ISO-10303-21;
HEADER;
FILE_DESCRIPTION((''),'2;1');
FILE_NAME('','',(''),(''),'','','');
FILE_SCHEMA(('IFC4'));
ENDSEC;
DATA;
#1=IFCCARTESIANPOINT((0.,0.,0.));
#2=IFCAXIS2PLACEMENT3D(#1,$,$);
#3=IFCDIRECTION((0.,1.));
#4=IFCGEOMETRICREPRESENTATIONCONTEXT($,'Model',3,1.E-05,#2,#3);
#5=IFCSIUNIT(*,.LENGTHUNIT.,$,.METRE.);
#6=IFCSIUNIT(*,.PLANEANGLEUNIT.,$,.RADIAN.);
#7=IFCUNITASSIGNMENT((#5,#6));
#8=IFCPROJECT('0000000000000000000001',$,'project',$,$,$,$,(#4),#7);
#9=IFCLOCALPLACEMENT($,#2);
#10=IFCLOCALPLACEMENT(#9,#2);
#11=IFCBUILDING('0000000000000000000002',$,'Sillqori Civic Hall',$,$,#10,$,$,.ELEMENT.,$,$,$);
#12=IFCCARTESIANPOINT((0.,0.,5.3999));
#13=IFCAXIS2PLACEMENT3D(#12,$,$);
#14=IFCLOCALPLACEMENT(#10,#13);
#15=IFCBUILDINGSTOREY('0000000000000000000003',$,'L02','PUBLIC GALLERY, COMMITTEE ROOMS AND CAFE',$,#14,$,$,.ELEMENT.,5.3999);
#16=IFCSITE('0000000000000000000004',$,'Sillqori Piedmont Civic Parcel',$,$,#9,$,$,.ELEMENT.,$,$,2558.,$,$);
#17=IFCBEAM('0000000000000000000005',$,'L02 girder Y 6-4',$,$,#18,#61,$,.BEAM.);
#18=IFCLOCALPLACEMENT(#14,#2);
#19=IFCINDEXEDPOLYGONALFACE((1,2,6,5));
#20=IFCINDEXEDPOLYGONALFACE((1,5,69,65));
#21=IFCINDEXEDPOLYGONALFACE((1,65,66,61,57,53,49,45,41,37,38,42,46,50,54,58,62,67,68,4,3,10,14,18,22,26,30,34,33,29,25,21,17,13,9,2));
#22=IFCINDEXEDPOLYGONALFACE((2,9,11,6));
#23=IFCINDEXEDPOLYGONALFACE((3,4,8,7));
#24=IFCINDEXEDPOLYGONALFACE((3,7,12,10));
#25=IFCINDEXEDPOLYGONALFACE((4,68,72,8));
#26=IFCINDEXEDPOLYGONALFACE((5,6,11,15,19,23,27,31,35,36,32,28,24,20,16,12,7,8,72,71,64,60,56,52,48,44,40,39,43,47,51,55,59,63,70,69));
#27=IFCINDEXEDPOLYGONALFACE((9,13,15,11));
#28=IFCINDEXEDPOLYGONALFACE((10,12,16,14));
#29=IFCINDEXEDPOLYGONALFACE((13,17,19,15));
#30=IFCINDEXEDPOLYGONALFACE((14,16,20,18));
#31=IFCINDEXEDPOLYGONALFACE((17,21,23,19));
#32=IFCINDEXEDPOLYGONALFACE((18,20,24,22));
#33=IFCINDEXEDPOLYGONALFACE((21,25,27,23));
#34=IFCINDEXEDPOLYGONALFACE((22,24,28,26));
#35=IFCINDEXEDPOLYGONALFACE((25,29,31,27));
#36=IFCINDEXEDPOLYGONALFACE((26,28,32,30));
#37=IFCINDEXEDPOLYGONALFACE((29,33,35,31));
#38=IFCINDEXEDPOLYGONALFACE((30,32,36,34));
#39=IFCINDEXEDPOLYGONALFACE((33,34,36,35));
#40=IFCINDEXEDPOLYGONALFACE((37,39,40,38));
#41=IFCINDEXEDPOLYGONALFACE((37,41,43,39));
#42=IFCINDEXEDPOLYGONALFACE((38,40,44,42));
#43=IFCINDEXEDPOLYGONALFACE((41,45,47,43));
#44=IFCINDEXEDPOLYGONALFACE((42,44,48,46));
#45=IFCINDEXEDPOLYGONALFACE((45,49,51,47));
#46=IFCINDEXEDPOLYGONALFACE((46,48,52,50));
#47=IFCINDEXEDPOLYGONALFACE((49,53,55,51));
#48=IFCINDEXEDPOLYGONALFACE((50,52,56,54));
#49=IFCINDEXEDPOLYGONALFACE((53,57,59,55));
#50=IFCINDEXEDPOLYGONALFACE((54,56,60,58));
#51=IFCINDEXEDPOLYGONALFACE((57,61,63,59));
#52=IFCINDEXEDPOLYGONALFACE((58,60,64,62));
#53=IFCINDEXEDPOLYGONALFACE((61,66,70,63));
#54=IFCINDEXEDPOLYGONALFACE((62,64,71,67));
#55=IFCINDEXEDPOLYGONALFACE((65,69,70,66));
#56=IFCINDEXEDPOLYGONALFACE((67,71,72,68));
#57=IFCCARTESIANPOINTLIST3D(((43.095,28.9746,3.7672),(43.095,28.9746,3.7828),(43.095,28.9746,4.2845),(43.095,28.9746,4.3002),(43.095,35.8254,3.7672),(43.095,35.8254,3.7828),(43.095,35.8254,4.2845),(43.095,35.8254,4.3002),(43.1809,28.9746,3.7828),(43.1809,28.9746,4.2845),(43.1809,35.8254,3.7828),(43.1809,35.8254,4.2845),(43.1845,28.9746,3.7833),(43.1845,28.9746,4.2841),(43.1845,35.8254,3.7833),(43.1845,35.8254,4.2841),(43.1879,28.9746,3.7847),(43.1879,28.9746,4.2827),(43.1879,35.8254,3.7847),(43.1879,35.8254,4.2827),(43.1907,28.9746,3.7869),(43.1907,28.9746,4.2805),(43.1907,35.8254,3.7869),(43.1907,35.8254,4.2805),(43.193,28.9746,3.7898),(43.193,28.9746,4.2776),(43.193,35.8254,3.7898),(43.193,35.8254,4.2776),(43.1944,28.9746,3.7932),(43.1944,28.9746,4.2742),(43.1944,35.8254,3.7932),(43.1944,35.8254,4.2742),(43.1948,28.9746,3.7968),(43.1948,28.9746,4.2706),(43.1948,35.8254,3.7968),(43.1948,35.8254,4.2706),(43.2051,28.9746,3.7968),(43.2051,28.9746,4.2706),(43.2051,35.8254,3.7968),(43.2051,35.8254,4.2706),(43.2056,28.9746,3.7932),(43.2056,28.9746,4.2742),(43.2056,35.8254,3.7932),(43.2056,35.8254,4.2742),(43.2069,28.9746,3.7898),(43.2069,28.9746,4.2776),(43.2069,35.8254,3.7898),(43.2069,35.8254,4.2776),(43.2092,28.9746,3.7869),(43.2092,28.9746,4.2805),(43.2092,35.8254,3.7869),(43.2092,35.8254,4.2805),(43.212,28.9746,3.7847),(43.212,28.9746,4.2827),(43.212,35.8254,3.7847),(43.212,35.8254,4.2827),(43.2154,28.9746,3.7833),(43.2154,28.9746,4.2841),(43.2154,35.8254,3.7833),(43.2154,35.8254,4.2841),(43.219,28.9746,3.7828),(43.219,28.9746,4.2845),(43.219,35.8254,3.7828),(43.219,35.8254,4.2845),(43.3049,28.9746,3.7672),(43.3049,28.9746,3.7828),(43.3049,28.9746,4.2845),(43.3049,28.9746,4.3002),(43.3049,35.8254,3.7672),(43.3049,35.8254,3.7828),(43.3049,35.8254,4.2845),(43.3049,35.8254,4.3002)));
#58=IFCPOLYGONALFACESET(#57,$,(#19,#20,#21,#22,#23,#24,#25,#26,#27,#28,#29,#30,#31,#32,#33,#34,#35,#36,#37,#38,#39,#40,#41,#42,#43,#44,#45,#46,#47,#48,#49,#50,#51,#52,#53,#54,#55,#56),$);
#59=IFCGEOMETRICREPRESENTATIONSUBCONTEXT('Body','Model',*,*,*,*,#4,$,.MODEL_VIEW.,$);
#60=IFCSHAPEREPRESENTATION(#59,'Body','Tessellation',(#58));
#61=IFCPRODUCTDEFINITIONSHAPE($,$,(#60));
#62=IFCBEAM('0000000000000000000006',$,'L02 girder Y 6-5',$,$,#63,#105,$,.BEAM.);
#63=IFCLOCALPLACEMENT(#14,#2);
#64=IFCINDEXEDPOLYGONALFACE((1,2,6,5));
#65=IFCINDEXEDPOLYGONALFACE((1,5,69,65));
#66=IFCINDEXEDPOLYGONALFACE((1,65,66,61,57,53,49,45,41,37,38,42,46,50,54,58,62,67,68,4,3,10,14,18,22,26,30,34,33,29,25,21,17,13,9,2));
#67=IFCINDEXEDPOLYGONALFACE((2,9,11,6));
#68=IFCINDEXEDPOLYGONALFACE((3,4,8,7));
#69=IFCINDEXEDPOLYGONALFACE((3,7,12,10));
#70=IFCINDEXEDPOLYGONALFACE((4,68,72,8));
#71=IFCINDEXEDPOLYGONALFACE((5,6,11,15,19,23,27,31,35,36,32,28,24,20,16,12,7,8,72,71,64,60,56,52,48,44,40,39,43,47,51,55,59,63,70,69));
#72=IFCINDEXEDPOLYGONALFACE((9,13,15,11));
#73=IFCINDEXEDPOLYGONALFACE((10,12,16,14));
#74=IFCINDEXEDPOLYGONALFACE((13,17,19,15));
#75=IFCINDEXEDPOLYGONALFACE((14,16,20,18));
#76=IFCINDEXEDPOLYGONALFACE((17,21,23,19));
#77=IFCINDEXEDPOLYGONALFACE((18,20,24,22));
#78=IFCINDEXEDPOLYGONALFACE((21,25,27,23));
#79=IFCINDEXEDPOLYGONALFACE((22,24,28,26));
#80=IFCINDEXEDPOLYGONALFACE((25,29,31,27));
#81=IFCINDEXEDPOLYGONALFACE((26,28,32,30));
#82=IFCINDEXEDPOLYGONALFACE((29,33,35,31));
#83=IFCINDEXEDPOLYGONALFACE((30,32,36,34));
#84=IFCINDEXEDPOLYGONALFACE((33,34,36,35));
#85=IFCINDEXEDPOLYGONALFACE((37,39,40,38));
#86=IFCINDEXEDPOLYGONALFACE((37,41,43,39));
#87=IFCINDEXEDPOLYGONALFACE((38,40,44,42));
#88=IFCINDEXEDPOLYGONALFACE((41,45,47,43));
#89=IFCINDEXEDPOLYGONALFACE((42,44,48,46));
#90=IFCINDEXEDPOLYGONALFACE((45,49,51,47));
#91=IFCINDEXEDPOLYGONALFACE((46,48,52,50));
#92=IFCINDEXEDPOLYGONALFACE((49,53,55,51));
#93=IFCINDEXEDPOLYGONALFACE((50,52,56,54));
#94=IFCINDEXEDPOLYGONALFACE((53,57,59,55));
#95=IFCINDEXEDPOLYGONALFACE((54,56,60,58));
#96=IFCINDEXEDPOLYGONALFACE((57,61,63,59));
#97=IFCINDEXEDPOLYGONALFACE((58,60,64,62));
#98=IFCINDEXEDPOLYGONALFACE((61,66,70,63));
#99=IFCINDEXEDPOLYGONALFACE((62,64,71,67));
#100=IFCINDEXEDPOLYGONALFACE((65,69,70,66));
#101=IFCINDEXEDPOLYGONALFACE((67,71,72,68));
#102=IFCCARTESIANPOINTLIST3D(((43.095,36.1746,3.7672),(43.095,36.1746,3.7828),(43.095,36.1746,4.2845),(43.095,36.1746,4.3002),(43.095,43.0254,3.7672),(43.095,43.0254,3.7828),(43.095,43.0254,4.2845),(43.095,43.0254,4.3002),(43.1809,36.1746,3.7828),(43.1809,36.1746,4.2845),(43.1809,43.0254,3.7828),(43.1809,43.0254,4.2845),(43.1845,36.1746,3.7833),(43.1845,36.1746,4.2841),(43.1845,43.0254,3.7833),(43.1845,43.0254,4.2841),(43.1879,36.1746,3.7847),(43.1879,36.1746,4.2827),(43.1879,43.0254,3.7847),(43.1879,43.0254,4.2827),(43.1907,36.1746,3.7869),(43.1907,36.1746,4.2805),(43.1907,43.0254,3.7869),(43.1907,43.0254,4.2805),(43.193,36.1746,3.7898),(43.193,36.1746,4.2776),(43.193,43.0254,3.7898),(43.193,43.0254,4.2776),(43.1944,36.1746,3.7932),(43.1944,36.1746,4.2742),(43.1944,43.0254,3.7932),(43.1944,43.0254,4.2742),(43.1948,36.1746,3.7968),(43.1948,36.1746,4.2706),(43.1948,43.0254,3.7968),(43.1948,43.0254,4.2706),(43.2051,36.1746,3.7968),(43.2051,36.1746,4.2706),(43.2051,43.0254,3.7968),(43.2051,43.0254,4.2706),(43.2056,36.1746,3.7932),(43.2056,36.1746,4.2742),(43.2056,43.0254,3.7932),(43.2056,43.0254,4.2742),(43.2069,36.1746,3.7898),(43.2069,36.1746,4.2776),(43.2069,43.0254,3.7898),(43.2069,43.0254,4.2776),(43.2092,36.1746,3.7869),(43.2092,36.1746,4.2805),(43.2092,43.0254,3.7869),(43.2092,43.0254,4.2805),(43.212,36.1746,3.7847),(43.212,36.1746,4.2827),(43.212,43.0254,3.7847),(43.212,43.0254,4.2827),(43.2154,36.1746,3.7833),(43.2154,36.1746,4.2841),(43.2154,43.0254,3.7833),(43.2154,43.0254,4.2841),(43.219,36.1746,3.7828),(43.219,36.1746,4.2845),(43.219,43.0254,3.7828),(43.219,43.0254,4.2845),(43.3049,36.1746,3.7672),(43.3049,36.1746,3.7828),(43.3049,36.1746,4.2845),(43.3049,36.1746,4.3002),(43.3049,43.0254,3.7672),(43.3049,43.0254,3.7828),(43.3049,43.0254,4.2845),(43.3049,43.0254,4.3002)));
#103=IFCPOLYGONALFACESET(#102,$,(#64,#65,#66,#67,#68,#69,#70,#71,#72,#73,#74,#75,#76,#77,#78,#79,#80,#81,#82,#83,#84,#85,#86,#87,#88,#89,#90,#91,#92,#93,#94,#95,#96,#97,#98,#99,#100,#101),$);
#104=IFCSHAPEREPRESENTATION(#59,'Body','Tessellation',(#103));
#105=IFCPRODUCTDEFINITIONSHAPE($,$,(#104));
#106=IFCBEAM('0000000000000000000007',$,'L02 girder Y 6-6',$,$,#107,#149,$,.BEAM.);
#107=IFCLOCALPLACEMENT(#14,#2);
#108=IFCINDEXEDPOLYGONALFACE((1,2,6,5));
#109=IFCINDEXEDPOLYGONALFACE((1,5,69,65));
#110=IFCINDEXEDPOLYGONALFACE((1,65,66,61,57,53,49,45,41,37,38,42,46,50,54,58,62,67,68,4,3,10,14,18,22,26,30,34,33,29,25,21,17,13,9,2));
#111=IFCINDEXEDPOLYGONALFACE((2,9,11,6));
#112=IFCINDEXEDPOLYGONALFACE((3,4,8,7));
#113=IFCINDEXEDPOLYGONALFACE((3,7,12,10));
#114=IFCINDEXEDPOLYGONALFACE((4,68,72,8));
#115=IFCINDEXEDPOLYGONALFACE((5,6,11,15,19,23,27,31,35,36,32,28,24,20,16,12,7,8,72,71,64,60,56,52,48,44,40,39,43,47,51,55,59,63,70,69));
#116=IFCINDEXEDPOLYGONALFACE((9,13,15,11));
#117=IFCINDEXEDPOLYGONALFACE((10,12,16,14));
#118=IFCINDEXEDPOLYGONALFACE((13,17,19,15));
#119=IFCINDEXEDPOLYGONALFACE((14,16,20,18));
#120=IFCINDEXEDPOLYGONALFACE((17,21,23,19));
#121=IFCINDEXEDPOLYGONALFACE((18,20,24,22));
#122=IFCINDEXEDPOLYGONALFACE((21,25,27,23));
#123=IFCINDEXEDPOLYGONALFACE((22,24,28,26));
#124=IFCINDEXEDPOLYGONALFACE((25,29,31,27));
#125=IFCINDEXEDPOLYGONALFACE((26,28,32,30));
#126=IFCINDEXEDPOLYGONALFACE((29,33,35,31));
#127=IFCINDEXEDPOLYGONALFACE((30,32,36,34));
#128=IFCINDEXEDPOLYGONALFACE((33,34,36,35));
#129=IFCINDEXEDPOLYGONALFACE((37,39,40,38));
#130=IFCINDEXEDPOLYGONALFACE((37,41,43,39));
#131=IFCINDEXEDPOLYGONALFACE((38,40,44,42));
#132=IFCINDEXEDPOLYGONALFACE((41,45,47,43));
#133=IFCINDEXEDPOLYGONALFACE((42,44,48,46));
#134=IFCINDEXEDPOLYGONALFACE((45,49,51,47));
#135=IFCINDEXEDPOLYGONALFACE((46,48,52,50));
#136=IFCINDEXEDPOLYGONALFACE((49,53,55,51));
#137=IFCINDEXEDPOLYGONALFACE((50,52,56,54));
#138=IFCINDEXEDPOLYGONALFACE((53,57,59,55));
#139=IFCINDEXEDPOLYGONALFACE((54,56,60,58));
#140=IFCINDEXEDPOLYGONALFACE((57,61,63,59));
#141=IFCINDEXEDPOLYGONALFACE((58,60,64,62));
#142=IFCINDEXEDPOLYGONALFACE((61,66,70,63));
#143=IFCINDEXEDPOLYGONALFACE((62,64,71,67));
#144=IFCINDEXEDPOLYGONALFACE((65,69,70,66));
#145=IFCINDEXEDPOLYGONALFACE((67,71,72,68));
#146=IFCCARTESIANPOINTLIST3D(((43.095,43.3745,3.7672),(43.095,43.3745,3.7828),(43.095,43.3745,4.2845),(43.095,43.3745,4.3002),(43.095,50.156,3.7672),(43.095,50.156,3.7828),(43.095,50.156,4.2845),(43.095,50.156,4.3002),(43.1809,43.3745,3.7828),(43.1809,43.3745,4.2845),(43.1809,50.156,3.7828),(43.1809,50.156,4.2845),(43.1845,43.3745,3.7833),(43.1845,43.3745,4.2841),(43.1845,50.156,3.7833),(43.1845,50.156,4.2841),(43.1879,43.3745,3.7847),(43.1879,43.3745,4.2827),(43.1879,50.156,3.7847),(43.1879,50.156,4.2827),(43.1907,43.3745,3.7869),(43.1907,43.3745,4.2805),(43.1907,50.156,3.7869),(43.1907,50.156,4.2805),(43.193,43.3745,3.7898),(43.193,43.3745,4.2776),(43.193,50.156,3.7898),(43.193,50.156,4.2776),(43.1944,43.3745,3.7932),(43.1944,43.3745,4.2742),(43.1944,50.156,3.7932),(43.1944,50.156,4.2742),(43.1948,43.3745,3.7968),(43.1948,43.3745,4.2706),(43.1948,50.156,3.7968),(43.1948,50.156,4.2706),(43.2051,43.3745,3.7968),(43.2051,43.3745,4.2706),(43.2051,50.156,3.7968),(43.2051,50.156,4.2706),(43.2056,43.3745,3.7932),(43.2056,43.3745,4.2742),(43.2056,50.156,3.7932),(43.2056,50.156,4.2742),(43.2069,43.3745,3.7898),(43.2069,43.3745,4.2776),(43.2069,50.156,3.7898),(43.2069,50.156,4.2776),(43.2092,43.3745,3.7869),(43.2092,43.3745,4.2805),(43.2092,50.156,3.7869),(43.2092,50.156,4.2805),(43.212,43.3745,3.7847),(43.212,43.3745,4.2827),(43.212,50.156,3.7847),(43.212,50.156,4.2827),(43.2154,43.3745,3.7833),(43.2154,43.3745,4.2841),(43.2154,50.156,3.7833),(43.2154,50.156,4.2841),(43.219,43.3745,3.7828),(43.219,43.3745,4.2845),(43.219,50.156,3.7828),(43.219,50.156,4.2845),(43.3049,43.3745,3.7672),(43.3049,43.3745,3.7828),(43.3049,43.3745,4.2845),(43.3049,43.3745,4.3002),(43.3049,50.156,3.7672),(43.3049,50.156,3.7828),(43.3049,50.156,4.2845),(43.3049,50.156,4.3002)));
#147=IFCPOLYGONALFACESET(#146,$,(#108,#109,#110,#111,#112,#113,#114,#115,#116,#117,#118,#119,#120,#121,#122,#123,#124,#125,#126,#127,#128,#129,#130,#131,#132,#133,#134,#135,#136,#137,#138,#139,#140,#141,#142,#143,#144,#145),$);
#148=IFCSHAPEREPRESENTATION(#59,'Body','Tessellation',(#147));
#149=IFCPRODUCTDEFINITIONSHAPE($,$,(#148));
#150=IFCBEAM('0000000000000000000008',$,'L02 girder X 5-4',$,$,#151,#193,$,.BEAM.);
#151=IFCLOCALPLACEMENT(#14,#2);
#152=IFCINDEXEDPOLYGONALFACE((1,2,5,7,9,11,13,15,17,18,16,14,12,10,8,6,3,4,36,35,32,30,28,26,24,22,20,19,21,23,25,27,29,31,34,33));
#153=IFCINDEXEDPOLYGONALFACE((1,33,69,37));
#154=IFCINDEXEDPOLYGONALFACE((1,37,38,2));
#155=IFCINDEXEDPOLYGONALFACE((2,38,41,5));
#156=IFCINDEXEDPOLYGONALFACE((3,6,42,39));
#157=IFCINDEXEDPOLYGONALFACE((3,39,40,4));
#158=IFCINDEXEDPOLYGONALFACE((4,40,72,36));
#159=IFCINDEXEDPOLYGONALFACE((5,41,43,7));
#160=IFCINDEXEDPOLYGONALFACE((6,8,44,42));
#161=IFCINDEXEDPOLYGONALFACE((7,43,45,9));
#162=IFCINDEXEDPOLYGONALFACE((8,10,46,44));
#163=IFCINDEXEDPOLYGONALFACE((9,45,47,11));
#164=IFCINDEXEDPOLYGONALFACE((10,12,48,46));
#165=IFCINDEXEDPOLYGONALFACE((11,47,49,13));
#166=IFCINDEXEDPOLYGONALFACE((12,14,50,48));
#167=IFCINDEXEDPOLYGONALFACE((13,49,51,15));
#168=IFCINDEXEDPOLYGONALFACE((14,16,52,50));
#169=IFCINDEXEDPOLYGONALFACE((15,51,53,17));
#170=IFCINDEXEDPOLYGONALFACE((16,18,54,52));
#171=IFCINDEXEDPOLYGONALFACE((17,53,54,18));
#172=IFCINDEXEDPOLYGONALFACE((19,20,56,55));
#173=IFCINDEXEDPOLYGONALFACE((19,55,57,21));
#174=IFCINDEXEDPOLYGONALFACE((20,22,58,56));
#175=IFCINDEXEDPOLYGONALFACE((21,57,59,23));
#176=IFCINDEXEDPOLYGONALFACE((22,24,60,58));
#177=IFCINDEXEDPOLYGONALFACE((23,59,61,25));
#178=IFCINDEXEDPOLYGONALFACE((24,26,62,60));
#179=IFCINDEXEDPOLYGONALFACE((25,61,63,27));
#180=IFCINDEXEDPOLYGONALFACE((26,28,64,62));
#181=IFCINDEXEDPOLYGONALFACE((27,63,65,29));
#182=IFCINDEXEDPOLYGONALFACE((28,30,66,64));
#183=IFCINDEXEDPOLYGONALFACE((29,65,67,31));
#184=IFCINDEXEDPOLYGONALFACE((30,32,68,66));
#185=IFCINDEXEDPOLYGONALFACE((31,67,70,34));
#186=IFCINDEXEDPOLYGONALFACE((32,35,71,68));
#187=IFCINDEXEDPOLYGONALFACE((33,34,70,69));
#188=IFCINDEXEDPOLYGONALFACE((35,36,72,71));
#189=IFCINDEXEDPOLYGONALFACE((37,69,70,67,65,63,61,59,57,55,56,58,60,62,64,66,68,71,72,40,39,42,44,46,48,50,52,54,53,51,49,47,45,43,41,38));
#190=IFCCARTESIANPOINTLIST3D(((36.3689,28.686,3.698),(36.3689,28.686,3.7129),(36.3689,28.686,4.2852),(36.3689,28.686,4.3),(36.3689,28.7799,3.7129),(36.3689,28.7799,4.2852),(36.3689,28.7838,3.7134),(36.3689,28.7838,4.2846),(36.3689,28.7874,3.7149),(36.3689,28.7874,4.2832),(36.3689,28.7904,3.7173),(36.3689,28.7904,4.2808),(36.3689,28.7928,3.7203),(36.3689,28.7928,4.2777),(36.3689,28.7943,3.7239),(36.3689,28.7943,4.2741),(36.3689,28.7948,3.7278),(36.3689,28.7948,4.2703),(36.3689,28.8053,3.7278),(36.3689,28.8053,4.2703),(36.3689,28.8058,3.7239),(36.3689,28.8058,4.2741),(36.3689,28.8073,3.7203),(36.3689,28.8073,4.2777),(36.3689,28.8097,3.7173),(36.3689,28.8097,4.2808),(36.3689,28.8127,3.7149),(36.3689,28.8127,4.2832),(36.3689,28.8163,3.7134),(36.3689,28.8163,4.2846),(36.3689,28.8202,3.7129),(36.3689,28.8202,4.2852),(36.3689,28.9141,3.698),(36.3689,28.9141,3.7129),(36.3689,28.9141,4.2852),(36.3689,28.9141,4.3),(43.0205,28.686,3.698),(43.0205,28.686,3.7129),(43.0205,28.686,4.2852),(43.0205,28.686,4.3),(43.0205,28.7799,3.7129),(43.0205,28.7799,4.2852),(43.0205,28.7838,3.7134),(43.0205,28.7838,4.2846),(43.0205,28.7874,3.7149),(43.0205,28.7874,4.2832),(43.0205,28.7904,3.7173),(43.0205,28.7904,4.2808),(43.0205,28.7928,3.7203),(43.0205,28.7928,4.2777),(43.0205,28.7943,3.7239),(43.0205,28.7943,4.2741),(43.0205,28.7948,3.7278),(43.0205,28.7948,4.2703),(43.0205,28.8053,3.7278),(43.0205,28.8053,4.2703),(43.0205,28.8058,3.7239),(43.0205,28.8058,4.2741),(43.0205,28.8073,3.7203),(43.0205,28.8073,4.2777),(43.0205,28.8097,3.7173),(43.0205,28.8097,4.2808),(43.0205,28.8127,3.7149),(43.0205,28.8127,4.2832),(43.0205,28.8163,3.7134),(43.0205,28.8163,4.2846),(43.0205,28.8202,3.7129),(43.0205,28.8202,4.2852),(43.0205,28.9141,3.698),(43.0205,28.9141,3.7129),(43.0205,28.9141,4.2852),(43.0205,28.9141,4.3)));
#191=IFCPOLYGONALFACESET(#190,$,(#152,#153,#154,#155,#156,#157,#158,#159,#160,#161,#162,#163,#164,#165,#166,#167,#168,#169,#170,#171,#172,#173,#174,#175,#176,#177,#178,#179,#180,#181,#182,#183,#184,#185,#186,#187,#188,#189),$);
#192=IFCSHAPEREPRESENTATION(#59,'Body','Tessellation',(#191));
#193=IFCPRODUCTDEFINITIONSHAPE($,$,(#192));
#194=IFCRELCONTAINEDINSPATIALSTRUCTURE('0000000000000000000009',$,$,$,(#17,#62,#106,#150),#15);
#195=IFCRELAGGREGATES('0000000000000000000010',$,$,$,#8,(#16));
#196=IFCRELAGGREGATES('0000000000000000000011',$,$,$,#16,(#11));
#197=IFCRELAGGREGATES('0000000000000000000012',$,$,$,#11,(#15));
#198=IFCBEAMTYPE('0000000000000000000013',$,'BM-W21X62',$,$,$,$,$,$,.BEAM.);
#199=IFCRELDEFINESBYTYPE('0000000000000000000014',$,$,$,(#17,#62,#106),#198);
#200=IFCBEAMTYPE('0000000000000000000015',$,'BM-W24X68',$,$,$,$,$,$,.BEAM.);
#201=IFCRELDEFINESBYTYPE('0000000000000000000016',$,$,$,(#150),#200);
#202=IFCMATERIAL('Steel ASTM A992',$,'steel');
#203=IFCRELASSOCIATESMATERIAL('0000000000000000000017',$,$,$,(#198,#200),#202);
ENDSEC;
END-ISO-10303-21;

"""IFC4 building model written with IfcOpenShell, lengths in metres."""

from ifc_helpers import new_model, si_unit, direction, frame, origin, origin_2d, place, context, subcontext, project, spatial, i_section, extrude, material, material_profile, profile_set, type_object, element, save


model = new_model("IFC4")

# Units and contexts
model_context = context("Model", 3, precision=1e-05, world=origin(), true_north=direction((0.0, 1.0)))
body_context = subcontext(model_context, "Body", "Model", "MODEL_VIEW")
ifc_project = project(units=[si_unit("LENGTHUNIT", "METRE"), si_unit("PLANEANGLEUNIT", "RADIAN")], contexts=[model_context])

# Site, building, storey
site_placement = place(None, origin())
site = spatial("IfcSite", under=ifc_project, at=site_placement, Name="Sillqori Piedmont Civic Parcel", CompositionType="ELEMENT", RefElevation=2558.0)
building_placement = place(site_placement, origin())
building = spatial("IfcBuilding", under=site, at=building_placement, Name="Sillqori Civic Hall", CompositionType="ELEMENT")
storey_placement = place(building_placement, frame((0.0, 0.0, 5.3999)))
storey = spatial("IfcBuildingStorey", under=building, at=storey_placement, Name="L02", Description="PUBLIC GALLERY, COMMITTEE ROOMS AND CAFE", CompositionType="ELEMENT", Elevation=5.3999)

# Shared definitions
ifc_material_1 = material(Name="Steel ASTM A992", Category="steel")

# Beams
ifc_material_profile_1 = material_profile(ifc_material_1, i_section(OverallWidth=0.21, OverallDepth=0.533, WebThickness=0.0103, FlangeThickness=0.0156, FilletRadius=0.0139, at=origin_2d()), Name="W21X62")
ifc_profile_set_1 = profile_set([ifc_material_profile_1], Name="Steel ASTM A992")
beam_type_1 = type_object("IfcBeamType", Name="BM-W21X62", PredefinedType="BEAM", material=ifc_profile_set_1)
for number, where, z_axis, x_axis, name in (
    (1, (43.2, 28.9746, 4.0337), (0.0, 1.0, 0.0), (-1.0, 0.0, 0.0), "L02 girder Y 6-4"),
    (2, (43.2, 36.1746, 4.0337), (0.0, 1.0, 0.0), (-1.0, 0.0, 0.0), "L02 girder Y 6-5"),
):
    element("IfcBeam", number, at=place(storey_placement, frame(where, z_axis=z_axis, x_axis=x_axis)), inside=storey, type_object=beam_type_1, Name=name, PredefinedType="BEAM", context=body_context, shape_type="SweptSolid", body=[
        extrude(i_section(OverallWidth=0.21, OverallDepth=0.533, WebThickness=0.0103, FlangeThickness=0.0156, FilletRadius=0.0139, at=origin_2d()), origin(), (0.0, 0.0, 1.0), 6.8508),
    ])
beam_1_placement = place(storey_placement, frame((43.2, 43.3745, 4.0337), z_axis=(0.0, 1.0, 0.0), x_axis=(-1.0, 0.0, 0.0)))
element("IfcBeam", 3, at=beam_1_placement, inside=storey, type_object=beam_type_1, Name="L02 girder Y 6-6", PredefinedType="BEAM", context=body_context, shape_type="SweptSolid", body=[
    extrude(i_section(OverallWidth=0.21, OverallDepth=0.533, WebThickness=0.0103, FlangeThickness=0.0156, FilletRadius=0.0139, at=origin_2d()), origin(), (0.0, 0.0, 1.0), 6.7815),
])
ifc_material_profile_2 = material_profile(ifc_material_1, i_section(OverallWidth=0.228, OverallDepth=0.6021, WebThickness=0.0105, FlangeThickness=0.0149, FilletRadius=0.0149, at=origin_2d()), Name="W24X68")
ifc_profile_set_2 = profile_set([ifc_material_profile_2], Name="Steel ASTM A992")
beam_type_2 = type_object("IfcBeamType", Name="BM-W24X68", PredefinedType="BEAM", material=ifc_profile_set_2)
for number, where, z_axis, x_axis, name in (
    (4, (36.3689, 28.8, 3.999), (1.0, 0.0, 0.0), (0.0, 1.0, 0.0), "L02 girder X 5-4"),
):
    element("IfcBeam", number, at=place(storey_placement, frame(where, z_axis=z_axis, x_axis=x_axis)), inside=storey, type_object=beam_type_2, Name=name, PredefinedType="BEAM", context=body_context, shape_type="SweptSolid", body=[
        extrude(i_section(OverallWidth=0.228, OverallDepth=0.6021, WebThickness=0.0105, FlangeThickness=0.0149, FilletRadius=0.0149, at=origin_2d()), origin(), (0.0, 0.0, 1.0), 6.6516),
    ])

save(model, "model.ifc")
